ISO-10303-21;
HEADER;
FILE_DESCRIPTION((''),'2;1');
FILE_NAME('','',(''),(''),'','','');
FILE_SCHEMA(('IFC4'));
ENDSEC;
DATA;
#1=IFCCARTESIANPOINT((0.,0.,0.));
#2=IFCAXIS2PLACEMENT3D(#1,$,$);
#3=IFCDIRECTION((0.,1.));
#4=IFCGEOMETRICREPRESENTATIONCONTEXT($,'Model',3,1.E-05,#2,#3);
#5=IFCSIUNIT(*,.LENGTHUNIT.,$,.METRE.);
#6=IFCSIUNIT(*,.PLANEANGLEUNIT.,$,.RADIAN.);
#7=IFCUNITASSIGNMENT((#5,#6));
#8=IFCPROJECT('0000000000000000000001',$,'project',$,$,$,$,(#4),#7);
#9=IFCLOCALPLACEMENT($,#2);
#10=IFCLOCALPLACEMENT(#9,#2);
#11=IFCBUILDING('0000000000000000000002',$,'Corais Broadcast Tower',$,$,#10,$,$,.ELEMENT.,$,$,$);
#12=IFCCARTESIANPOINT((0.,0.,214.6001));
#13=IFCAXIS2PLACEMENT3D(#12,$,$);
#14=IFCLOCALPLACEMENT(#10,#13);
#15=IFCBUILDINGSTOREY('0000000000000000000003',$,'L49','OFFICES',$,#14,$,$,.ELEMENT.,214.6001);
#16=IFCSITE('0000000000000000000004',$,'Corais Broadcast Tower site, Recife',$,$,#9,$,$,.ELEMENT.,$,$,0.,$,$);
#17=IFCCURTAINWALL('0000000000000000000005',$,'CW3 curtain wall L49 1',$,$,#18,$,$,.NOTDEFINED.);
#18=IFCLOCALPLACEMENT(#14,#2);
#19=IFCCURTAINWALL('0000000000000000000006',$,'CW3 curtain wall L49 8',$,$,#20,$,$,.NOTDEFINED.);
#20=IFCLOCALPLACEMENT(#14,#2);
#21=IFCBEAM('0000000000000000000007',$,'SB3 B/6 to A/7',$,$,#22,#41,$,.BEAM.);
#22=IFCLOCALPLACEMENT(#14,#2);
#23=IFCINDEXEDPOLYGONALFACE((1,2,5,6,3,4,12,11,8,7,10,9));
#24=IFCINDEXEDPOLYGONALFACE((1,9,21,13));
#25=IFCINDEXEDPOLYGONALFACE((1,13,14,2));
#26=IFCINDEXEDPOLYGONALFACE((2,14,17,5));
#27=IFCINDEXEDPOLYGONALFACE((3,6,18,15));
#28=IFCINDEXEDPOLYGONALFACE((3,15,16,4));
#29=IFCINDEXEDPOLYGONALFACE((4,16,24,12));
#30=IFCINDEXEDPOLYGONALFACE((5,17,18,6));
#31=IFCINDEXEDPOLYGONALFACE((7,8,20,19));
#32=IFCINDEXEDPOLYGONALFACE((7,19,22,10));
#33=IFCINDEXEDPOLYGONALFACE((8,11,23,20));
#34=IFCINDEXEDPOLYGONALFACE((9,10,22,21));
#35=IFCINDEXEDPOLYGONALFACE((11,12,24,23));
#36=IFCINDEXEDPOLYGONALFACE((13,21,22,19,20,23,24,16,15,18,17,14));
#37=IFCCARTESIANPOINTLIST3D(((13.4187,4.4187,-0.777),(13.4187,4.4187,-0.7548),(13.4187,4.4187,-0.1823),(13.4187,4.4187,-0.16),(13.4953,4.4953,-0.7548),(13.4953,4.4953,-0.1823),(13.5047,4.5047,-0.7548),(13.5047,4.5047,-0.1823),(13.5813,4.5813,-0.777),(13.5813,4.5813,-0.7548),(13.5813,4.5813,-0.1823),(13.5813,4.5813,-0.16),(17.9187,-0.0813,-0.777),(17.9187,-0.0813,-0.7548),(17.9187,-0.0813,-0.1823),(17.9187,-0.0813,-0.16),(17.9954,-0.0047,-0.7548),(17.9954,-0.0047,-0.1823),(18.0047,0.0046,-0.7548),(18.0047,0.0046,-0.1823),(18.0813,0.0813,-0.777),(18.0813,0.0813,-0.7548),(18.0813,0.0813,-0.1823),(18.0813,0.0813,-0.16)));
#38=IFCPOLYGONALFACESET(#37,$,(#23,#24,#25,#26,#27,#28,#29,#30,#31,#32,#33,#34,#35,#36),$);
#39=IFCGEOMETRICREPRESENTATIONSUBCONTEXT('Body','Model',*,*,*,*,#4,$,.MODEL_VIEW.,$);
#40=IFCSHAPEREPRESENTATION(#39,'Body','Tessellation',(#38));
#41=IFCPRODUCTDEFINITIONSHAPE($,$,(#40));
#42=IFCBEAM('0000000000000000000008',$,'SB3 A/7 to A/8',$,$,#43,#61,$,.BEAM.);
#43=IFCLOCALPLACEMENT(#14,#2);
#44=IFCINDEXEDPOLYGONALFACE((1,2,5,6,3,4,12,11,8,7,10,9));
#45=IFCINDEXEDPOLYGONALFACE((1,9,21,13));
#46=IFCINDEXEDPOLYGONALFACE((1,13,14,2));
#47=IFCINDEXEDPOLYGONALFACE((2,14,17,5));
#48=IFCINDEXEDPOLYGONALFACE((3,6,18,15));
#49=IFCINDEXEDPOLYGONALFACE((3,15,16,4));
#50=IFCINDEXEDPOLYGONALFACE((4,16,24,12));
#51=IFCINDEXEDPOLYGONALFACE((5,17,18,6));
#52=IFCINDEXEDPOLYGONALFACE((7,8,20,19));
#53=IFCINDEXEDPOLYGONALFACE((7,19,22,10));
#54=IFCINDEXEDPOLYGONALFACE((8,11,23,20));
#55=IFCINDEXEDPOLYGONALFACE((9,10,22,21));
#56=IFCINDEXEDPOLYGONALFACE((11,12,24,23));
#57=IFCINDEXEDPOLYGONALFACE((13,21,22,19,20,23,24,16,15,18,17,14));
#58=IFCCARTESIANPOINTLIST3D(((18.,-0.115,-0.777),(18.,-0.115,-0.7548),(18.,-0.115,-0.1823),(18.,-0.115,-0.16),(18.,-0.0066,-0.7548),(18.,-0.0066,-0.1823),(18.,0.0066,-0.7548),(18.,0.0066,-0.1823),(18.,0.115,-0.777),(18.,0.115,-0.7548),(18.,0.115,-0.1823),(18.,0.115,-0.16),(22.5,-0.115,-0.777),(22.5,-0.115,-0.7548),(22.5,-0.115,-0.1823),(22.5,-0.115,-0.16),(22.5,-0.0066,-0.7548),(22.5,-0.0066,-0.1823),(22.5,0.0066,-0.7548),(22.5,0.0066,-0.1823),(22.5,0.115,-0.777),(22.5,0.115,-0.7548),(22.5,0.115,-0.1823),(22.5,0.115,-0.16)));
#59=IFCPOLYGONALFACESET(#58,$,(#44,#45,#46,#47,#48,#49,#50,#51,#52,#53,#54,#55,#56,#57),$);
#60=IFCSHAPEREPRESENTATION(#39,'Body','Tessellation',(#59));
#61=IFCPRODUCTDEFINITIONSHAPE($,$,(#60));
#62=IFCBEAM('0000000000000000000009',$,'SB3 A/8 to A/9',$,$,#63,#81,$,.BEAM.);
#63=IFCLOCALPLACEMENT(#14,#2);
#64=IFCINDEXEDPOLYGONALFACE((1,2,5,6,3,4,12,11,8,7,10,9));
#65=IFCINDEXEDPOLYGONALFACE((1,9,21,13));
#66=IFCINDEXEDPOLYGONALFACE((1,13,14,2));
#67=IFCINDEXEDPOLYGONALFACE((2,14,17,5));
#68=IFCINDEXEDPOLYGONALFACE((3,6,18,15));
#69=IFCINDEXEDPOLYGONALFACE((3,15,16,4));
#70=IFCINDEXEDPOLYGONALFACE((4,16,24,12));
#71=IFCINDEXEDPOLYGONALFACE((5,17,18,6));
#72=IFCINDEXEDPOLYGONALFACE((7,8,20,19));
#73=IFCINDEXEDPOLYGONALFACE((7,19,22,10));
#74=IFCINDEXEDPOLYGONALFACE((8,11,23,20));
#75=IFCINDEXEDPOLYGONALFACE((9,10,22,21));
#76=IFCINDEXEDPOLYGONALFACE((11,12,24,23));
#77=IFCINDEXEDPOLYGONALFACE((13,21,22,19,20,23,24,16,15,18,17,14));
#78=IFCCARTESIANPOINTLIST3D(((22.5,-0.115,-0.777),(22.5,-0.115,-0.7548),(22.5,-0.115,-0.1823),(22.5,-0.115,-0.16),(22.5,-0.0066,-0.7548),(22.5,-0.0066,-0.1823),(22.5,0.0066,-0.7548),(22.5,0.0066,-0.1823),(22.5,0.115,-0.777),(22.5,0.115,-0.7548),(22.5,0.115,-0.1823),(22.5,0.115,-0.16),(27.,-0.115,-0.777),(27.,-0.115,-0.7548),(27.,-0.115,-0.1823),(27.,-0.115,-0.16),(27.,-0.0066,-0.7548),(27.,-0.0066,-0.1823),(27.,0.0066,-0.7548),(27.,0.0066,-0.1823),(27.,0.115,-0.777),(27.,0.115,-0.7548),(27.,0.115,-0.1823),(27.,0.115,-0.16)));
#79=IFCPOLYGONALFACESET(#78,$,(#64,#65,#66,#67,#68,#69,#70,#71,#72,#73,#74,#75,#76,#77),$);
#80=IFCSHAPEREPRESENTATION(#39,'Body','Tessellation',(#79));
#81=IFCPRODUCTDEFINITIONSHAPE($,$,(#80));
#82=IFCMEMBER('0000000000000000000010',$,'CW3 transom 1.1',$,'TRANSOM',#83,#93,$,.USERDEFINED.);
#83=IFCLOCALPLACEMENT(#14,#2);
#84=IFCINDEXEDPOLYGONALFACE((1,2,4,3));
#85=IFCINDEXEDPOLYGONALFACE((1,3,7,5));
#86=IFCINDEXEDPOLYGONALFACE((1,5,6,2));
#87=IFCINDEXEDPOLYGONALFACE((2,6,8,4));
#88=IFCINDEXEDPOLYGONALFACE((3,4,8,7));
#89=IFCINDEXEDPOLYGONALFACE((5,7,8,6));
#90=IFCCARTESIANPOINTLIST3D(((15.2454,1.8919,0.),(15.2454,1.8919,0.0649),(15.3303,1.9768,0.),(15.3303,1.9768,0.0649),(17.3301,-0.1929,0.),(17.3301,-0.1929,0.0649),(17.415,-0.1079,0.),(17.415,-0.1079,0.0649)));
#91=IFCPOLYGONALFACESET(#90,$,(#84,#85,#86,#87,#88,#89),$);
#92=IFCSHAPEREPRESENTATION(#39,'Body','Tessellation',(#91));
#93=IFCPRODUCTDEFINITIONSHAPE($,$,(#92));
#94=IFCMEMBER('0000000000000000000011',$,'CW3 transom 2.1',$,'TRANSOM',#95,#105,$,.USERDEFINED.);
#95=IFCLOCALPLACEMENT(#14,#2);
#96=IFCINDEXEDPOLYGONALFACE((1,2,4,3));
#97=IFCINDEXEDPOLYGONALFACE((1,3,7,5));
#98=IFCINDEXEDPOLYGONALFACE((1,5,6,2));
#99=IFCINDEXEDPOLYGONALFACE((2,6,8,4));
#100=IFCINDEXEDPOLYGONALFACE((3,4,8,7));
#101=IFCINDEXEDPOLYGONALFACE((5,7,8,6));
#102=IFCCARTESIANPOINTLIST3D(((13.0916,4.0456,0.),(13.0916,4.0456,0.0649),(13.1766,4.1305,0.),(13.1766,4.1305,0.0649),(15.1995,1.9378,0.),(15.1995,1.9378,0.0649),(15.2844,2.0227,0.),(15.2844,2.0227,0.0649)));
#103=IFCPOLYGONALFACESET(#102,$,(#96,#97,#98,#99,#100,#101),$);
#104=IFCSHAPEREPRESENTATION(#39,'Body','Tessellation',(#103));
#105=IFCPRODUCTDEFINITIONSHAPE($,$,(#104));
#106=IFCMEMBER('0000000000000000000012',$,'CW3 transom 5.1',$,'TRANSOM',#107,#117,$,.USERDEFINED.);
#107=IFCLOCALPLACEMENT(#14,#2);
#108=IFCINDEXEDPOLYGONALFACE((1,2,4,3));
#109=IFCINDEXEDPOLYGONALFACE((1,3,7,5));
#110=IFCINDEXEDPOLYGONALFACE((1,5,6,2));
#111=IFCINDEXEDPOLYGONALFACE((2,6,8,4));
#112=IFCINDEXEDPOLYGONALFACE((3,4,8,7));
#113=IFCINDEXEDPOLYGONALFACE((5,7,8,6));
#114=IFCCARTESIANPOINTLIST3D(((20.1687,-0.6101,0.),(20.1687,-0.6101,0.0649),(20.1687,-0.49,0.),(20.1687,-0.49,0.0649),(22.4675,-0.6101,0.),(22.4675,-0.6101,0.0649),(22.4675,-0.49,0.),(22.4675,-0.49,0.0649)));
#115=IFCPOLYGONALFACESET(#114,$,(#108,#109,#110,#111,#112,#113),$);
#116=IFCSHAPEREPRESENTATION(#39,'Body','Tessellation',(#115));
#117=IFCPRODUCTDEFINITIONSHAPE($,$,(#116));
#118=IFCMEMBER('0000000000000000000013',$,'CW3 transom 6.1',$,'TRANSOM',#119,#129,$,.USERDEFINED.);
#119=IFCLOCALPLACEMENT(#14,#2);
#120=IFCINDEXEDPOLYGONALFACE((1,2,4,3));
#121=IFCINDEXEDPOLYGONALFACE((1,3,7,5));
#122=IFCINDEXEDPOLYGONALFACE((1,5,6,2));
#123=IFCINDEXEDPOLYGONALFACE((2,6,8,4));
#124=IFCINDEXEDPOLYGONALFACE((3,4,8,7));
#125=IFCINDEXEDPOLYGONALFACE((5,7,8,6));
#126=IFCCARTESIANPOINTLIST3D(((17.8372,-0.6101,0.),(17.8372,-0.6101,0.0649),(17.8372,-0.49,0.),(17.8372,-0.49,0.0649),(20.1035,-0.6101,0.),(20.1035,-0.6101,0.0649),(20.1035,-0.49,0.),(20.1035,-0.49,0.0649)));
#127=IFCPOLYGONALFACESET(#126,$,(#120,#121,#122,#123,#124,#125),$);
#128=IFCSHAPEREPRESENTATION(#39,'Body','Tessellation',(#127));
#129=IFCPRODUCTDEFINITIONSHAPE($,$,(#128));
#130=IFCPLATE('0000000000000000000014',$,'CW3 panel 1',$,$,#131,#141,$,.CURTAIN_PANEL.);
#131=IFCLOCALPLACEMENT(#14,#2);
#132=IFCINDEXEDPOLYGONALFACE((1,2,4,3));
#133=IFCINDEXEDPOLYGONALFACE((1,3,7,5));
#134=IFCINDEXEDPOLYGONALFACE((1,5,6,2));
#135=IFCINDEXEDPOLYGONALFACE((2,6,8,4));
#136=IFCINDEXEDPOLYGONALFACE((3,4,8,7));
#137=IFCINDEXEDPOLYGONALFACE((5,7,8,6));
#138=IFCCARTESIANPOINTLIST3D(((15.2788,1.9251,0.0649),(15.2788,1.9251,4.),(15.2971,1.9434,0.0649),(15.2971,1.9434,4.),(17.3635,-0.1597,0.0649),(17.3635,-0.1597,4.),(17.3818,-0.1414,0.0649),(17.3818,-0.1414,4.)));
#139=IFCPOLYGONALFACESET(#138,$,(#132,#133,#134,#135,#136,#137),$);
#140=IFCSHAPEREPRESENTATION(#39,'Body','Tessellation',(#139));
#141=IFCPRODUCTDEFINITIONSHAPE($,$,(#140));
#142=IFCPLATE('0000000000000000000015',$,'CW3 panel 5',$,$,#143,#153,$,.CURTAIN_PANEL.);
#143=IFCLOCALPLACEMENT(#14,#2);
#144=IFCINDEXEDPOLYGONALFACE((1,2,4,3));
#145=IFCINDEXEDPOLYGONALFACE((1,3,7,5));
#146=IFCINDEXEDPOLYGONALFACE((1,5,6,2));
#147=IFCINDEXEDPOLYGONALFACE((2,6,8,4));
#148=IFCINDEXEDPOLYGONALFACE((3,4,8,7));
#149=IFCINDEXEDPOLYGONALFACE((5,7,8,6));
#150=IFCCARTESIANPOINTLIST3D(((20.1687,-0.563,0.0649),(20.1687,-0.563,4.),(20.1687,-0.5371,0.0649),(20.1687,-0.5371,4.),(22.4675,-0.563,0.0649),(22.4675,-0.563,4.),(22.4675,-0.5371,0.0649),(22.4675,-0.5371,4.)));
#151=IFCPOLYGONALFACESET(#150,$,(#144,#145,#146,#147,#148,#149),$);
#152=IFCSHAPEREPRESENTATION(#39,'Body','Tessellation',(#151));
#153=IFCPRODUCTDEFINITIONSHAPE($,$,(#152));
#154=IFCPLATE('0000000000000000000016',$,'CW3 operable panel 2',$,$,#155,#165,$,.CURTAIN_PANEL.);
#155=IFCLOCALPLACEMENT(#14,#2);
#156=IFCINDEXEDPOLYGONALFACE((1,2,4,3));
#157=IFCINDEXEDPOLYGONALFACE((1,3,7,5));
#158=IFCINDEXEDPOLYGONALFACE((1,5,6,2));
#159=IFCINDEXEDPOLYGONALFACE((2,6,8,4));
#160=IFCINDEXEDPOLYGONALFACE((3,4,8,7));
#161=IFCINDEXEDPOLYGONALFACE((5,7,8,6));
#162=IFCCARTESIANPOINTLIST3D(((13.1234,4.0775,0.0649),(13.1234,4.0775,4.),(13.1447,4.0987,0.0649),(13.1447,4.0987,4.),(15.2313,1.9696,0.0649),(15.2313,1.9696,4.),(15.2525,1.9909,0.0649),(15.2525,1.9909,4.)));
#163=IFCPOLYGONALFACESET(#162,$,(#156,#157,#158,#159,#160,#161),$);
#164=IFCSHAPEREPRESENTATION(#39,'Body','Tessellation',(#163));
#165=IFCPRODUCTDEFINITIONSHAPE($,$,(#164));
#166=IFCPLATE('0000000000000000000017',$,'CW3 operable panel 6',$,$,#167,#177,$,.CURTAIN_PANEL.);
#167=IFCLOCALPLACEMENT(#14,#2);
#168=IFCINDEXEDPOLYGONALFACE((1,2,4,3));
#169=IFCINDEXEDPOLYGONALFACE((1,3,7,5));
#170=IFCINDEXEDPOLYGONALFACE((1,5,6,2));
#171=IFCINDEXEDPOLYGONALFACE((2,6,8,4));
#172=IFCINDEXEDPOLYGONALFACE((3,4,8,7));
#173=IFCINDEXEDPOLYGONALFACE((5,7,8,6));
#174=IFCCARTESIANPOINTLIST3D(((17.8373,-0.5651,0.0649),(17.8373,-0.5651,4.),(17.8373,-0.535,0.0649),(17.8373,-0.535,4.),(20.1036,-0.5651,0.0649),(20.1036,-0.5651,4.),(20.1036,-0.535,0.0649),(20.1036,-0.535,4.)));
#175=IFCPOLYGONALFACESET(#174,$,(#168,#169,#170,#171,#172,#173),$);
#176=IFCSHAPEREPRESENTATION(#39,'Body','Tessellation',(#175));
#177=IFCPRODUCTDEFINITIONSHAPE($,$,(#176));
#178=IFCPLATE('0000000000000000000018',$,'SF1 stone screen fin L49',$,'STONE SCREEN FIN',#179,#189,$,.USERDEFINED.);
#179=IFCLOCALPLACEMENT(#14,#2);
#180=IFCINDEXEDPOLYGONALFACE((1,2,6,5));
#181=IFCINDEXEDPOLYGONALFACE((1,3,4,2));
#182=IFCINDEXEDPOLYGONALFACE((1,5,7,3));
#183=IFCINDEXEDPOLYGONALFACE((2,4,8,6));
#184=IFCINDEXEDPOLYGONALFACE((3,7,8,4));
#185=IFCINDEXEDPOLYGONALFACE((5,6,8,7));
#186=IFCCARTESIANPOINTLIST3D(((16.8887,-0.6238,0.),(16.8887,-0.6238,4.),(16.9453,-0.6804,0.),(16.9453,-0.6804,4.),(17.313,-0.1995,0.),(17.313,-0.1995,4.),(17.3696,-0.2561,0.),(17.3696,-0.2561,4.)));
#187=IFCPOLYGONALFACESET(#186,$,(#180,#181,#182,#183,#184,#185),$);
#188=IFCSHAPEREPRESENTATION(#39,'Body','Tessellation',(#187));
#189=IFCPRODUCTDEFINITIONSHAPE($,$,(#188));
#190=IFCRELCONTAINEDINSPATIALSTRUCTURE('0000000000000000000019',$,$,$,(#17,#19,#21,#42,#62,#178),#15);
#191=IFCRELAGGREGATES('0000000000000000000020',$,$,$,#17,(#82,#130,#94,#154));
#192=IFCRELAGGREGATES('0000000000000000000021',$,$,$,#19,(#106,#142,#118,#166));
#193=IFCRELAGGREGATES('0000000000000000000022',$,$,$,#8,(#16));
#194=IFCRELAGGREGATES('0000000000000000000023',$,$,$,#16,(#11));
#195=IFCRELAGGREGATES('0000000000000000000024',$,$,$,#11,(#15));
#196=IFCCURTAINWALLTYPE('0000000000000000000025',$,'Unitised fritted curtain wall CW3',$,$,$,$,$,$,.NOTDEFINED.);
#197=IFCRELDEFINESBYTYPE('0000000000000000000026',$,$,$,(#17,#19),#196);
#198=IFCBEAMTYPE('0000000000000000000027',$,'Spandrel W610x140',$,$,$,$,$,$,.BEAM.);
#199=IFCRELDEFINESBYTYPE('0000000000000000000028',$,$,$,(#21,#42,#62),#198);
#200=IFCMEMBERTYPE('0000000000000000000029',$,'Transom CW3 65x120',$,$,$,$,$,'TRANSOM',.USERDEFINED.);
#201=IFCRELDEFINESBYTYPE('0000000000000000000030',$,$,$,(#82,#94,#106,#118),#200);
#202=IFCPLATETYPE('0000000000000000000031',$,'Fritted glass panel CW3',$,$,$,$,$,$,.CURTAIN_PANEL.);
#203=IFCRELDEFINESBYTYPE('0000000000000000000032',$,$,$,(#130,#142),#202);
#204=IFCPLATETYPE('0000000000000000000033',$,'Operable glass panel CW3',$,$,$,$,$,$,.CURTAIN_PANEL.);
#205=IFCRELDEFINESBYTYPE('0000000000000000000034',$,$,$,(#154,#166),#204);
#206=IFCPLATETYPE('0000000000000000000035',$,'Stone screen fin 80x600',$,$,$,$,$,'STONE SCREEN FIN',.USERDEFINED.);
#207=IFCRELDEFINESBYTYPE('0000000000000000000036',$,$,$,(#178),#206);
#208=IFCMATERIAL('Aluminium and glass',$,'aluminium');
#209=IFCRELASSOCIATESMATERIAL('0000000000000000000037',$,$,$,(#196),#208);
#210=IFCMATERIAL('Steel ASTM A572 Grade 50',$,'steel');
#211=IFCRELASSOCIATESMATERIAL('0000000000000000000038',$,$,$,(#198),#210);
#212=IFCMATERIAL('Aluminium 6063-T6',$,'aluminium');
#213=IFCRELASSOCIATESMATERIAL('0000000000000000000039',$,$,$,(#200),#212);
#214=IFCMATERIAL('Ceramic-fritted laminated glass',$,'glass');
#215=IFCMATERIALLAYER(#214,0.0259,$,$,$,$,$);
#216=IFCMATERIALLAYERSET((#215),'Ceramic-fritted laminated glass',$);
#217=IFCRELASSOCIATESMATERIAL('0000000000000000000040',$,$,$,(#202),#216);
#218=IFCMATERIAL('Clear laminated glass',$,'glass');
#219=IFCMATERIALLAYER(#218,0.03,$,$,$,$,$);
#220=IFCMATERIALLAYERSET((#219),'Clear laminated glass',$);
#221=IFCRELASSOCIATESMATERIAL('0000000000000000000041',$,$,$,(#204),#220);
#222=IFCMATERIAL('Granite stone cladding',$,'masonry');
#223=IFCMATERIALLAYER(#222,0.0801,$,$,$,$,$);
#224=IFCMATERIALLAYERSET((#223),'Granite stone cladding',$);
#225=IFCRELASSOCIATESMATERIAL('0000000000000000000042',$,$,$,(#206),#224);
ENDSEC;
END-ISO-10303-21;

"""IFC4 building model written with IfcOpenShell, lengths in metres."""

from ifc_helpers import new_model, si_unit, direction, frame, origin, origin_2d, place, context, subcontext, project, spatial, rectangle, i_section, extrude, material, layer, layer_set, material_profile, profile_set, type_object, element, aggregate, save


model = new_model("IFC4")

# Units and contexts
model_context = context("Model", 3, precision=1e-05, world=origin(), true_north=direction((0.0, 1.0)))
body_context = subcontext(model_context, "Body", "Model", "MODEL_VIEW")
ifc_project = project(units=[si_unit("LENGTHUNIT", "METRE"), si_unit("PLANEANGLEUNIT", "RADIAN")], contexts=[model_context])

# Site, building, storey
site_placement = place(None, origin())
site = spatial("IfcSite", under=ifc_project, at=site_placement, Name="Corais Broadcast Tower site, Recife", CompositionType="ELEMENT", RefElevation=0.0)
building_placement = place(site_placement, origin())
building = spatial("IfcBuilding", under=site, at=building_placement, Name="Corais Broadcast Tower", CompositionType="ELEMENT")
storey_placement = place(building_placement, frame((0.0, 0.0, 214.6001)))
storey = spatial("IfcBuildingStorey", under=building, at=storey_placement, Name="L49", Description="OFFICES", CompositionType="ELEMENT", Elevation=214.6001)

# Curtain walls
ifc_material_1 = material(Name="Aluminium and glass", Category="aluminium")
curtain_wall_type = type_object("IfcCurtainWallType", Name="Unitised fritted curtain wall CW3", PredefinedType="NOTDEFINED", material=ifc_material_1)
curtain_wall_1_placement = place(storey_placement, origin())
curtain_wall_1 = element("IfcCurtainWall", 1, at=curtain_wall_1_placement, inside=storey, type_object=curtain_wall_type, Name="CW3 curtain wall L49 1", PredefinedType="NOTDEFINED")
curtain_wall_2_placement = place(storey_placement, origin())
curtain_wall_2 = element("IfcCurtainWall", 2, at=curtain_wall_2_placement, inside=storey, type_object=curtain_wall_type, Name="CW3 curtain wall L49 8", PredefinedType="NOTDEFINED")

# Beams
ifc_material_2 = material(Name="Steel ASTM A572 Grade 50", Category="steel")
ifc_material_profile_1 = material_profile(ifc_material_2, i_section(OverallWidth=0.23, OverallDepth=0.6169, WebThickness=0.0132, FlangeThickness=0.0222, at=origin_2d()), Name="W610x140")
ifc_profile_set_1 = profile_set([ifc_material_profile_1], Name="Steel ASTM A572 Grade 50")
beam_type_1 = type_object("IfcBeamType", Name="Spandrel W610x140", PredefinedType="BEAM", material=ifc_profile_set_1)
beam_1_placement = place(storey_placement, frame((13.5, 4.5, -0.4685), z_axis=(0.707107, -0.707107, 0.0), x_axis=(0.707107, 0.707107, 0.0)))
element("IfcBeam", 3, at=beam_1_placement, inside=storey, type_object=beam_type_1, Name="SB3 B/6 to A/7", PredefinedType="BEAM", context=body_context, shape_type="SweptSolid", body=[
    extrude(i_section(OverallWidth=0.23, OverallDepth=0.6169, WebThickness=0.0132, FlangeThickness=0.0222, at=origin_2d()), origin(), (0.0, 0.0, 1.0), 6.364),
])
for number, where, z_axis, x_axis, name in (
    (4, (18.0, 0.0, -0.4685), (1.0, 0.0, 0.0), (0.0, 1.0, 0.0), "SB3 A/7 to A/8"),
    (5, (22.5, 0.0, -0.4685), (1.0, 0.0, 0.0), (0.0, 1.0, 0.0), "SB3 A/8 to A/9"),
):
    element("IfcBeam", number, at=place(storey_placement, frame(where, z_axis=z_axis, x_axis=x_axis)), inside=storey, type_object=beam_type_1, Name=name, PredefinedType="BEAM", context=body_context, shape_type="SweptSolid", body=[
        extrude(i_section(OverallWidth=0.23, OverallDepth=0.6169, WebThickness=0.0132, FlangeThickness=0.0222, at=origin_2d()), origin(), (0.0, 0.0, 1.0), 4.5),
    ])

# Members
ifc_material_3 = material(Name="Aluminium 6063-T6", Category="aluminium")
ifc_material_profile_2 = material_profile(ifc_material_3, rectangle(XDim=0.1201, YDim=0.0649, at=origin_2d()), Name="Transom CW3 65x120")
ifc_profile_set_2 = profile_set([ifc_material_profile_2], Name="Aluminium 6063-T6")
member_type_1 = type_object("IfcMemberType", Name="Transom CW3 65x120", ElementType="TRANSOM", PredefinedType="USERDEFINED", material=ifc_profile_set_2)
member_1_placement = place(storey_placement, frame((17.3726, -0.1504, 0.0325), z_axis=(-0.707107, 0.707107, 0.0), x_axis=(-0.707107, -0.707107, 0.0)))
member_1 = element("IfcMember", 6, at=member_1_placement, type_object=member_type_1, Name="CW3 transom 1.1", ObjectType="TRANSOM", PredefinedType="USERDEFINED", context=body_context, shape_type="SweptSolid", body=[
    extrude(rectangle(XDim=0.1201, YDim=0.0649, at=origin_2d()), origin(), (0.0, 0.0, 1.0), 2.9482),
])
member_2_placement = place(storey_placement, frame((15.2419, 1.9802, 0.0325), z_axis=(-0.707107, 0.707107, 0.0), x_axis=(-0.707107, -0.707107, 0.0)))
member_2 = element("IfcMember", 7, at=member_2_placement, type_object=member_type_1, Name="CW3 transom 2.1", ObjectType="TRANSOM", PredefinedType="USERDEFINED", context=body_context, shape_type="SweptSolid", body=[
    extrude(rectangle(XDim=0.1201, YDim=0.0649, at=origin_2d()), origin(), (0.0, 0.0, 1.0), 2.981),
])
member_3_placement = place(storey_placement, frame((22.4675, -0.55, 0.0325), z_axis=(-1.0, 0.0, 0.0), x_axis=(0.0, -1.0, 0.0)))
member_3 = element("IfcMember", 8, at=member_3_placement, type_object=member_type_1, Name="CW3 transom 5.1", ObjectType="TRANSOM", PredefinedType="USERDEFINED", context=body_context, shape_type="SweptSolid", body=[
    extrude(rectangle(XDim=0.1201, YDim=0.0649, at=origin_2d()), origin(), (0.0, 0.0, 1.0), 2.2988),
])
member_4_placement = place(storey_placement, frame((20.1035, -0.55, 0.0325), z_axis=(-1.0, 0.0, 0.0), x_axis=(0.0, -1.0, 0.0)))
member_4 = element("IfcMember", 9, at=member_4_placement, type_object=member_type_1, Name="CW3 transom 6.1", ObjectType="TRANSOM", PredefinedType="USERDEFINED", context=body_context, shape_type="SweptSolid", body=[
    extrude(rectangle(XDim=0.1201, YDim=0.0649, at=origin_2d()), origin(), (0.0, 0.0, 1.0), 2.2664),
])

# Plates
ifc_material_4 = material(Name="Ceramic-fritted laminated glass", Category="glass")
ifc_layer_1 = layer(ifc_material_4, 0.0259)
ifc_layer_set_1 = layer_set([ifc_layer_1], Name="Ceramic-fritted laminated glass")
plate_type_1 = type_object("IfcPlateType", Name="Fritted glass panel CW3", PredefinedType="CURTAIN_PANEL", material=ifc_layer_set_1)
plate_1_placement = place(storey_placement, frame((16.3303, 0.8918, 0.0649), z_axis=(0.0, 0.0, 1.0), x_axis=(-0.707107, 0.707107, 0.0)))
plate_1 = element("IfcPlate", 10, at=plate_1_placement, type_object=plate_type_1, Name="CW3 panel 1", PredefinedType="CURTAIN_PANEL", context=body_context, shape_type="SweptSolid", body=[
    extrude(rectangle(XDim=2.9482, YDim=0.0259, at=origin_2d()), origin(), (0.0, 0.0, 1.0), 3.9351),
])
plate_2_placement = place(storey_placement, frame((21.3181, -0.55, 0.0649), z_axis=(0.0, 0.0, 1.0), x_axis=(-1.0, 0.0, 0.0)))
plate_2 = element("IfcPlate", 11, at=plate_2_placement, type_object=plate_type_1, Name="CW3 panel 5", PredefinedType="CURTAIN_PANEL", context=body_context, shape_type="SweptSolid", body=[
    extrude(rectangle(XDim=2.2988, YDim=0.0259, at=origin_2d()), origin(), (0.0, 0.0, 1.0), 3.9351),
])
ifc_material_5 = material(Name="Clear laminated glass", Category="glass")
ifc_layer_2 = layer(ifc_material_5, 0.03)
ifc_layer_set_2 = layer_set([ifc_layer_2], Name="Clear laminated glass")
plate_type_2 = type_object("IfcPlateType", Name="Operable glass panel CW3", PredefinedType="CURTAIN_PANEL", material=ifc_layer_set_2)
plate_3_placement = place(storey_placement, frame((14.188, 3.0342, 0.0649), z_axis=(0.0, 0.0, 1.0), x_axis=(-0.707107, 0.707107, 0.0)))
plate_3 = element("IfcPlate", 12, at=plate_3_placement, type_object=plate_type_2, Name="CW3 operable panel 2", PredefinedType="CURTAIN_PANEL", context=body_context, shape_type="SweptSolid", body=[
    extrude(rectangle(XDim=2.981, YDim=0.03, at=origin_2d()), origin(), (0.0, 0.0, 1.0), 3.9351),
])
aggregate(curtain_wall_1, [member_1, plate_1, member_2, plate_3])
plate_4_placement = place(storey_placement, frame((18.9705, -0.55, 0.0649), z_axis=(0.0, 0.0, 1.0), x_axis=(-1.0, 0.0, 0.0)))
plate_4 = element("IfcPlate", 13, at=plate_4_placement, type_object=plate_type_2, Name="CW3 operable panel 6", PredefinedType="CURTAIN_PANEL", context=body_context, shape_type="SweptSolid", body=[
    extrude(rectangle(XDim=2.2664, YDim=0.03, at=origin_2d()), origin(), (0.0, 0.0, 1.0), 3.9351),
])
aggregate(curtain_wall_2, [member_3, plate_2, member_4, plate_4])
ifc_material_6 = material(Name="Granite stone cladding", Category="masonry")
ifc_layer_3 = layer(ifc_material_6, 0.0801)
ifc_layer_set_3 = layer_set([ifc_layer_3], Name="Granite stone cladding")
plate_type_3 = type_object("IfcPlateType", Name="Stone screen fin 80x600", ElementType="STONE SCREEN FIN", PredefinedType="USERDEFINED", material=ifc_layer_set_3)
plate_5_placement = place(storey_placement, frame((17.1292, -0.4399, 0.0), z_axis=(0.0, 0.0, 1.0), x_axis=(-0.707107, 0.707107, 0.0)))
element("IfcPlate", 14, at=plate_5_placement, inside=storey, type_object=plate_type_3, Name="SF1 stone screen fin L49", ObjectType="STONE SCREEN FIN", PredefinedType="USERDEFINED", context=body_context, shape_type="SweptSolid", body=[
    extrude(rectangle(XDim=0.0801, YDim=0.6001, at=origin_2d()), origin(), (0.0, 0.0, 1.0), 4.0),
])

save(model, "model.ifc")
